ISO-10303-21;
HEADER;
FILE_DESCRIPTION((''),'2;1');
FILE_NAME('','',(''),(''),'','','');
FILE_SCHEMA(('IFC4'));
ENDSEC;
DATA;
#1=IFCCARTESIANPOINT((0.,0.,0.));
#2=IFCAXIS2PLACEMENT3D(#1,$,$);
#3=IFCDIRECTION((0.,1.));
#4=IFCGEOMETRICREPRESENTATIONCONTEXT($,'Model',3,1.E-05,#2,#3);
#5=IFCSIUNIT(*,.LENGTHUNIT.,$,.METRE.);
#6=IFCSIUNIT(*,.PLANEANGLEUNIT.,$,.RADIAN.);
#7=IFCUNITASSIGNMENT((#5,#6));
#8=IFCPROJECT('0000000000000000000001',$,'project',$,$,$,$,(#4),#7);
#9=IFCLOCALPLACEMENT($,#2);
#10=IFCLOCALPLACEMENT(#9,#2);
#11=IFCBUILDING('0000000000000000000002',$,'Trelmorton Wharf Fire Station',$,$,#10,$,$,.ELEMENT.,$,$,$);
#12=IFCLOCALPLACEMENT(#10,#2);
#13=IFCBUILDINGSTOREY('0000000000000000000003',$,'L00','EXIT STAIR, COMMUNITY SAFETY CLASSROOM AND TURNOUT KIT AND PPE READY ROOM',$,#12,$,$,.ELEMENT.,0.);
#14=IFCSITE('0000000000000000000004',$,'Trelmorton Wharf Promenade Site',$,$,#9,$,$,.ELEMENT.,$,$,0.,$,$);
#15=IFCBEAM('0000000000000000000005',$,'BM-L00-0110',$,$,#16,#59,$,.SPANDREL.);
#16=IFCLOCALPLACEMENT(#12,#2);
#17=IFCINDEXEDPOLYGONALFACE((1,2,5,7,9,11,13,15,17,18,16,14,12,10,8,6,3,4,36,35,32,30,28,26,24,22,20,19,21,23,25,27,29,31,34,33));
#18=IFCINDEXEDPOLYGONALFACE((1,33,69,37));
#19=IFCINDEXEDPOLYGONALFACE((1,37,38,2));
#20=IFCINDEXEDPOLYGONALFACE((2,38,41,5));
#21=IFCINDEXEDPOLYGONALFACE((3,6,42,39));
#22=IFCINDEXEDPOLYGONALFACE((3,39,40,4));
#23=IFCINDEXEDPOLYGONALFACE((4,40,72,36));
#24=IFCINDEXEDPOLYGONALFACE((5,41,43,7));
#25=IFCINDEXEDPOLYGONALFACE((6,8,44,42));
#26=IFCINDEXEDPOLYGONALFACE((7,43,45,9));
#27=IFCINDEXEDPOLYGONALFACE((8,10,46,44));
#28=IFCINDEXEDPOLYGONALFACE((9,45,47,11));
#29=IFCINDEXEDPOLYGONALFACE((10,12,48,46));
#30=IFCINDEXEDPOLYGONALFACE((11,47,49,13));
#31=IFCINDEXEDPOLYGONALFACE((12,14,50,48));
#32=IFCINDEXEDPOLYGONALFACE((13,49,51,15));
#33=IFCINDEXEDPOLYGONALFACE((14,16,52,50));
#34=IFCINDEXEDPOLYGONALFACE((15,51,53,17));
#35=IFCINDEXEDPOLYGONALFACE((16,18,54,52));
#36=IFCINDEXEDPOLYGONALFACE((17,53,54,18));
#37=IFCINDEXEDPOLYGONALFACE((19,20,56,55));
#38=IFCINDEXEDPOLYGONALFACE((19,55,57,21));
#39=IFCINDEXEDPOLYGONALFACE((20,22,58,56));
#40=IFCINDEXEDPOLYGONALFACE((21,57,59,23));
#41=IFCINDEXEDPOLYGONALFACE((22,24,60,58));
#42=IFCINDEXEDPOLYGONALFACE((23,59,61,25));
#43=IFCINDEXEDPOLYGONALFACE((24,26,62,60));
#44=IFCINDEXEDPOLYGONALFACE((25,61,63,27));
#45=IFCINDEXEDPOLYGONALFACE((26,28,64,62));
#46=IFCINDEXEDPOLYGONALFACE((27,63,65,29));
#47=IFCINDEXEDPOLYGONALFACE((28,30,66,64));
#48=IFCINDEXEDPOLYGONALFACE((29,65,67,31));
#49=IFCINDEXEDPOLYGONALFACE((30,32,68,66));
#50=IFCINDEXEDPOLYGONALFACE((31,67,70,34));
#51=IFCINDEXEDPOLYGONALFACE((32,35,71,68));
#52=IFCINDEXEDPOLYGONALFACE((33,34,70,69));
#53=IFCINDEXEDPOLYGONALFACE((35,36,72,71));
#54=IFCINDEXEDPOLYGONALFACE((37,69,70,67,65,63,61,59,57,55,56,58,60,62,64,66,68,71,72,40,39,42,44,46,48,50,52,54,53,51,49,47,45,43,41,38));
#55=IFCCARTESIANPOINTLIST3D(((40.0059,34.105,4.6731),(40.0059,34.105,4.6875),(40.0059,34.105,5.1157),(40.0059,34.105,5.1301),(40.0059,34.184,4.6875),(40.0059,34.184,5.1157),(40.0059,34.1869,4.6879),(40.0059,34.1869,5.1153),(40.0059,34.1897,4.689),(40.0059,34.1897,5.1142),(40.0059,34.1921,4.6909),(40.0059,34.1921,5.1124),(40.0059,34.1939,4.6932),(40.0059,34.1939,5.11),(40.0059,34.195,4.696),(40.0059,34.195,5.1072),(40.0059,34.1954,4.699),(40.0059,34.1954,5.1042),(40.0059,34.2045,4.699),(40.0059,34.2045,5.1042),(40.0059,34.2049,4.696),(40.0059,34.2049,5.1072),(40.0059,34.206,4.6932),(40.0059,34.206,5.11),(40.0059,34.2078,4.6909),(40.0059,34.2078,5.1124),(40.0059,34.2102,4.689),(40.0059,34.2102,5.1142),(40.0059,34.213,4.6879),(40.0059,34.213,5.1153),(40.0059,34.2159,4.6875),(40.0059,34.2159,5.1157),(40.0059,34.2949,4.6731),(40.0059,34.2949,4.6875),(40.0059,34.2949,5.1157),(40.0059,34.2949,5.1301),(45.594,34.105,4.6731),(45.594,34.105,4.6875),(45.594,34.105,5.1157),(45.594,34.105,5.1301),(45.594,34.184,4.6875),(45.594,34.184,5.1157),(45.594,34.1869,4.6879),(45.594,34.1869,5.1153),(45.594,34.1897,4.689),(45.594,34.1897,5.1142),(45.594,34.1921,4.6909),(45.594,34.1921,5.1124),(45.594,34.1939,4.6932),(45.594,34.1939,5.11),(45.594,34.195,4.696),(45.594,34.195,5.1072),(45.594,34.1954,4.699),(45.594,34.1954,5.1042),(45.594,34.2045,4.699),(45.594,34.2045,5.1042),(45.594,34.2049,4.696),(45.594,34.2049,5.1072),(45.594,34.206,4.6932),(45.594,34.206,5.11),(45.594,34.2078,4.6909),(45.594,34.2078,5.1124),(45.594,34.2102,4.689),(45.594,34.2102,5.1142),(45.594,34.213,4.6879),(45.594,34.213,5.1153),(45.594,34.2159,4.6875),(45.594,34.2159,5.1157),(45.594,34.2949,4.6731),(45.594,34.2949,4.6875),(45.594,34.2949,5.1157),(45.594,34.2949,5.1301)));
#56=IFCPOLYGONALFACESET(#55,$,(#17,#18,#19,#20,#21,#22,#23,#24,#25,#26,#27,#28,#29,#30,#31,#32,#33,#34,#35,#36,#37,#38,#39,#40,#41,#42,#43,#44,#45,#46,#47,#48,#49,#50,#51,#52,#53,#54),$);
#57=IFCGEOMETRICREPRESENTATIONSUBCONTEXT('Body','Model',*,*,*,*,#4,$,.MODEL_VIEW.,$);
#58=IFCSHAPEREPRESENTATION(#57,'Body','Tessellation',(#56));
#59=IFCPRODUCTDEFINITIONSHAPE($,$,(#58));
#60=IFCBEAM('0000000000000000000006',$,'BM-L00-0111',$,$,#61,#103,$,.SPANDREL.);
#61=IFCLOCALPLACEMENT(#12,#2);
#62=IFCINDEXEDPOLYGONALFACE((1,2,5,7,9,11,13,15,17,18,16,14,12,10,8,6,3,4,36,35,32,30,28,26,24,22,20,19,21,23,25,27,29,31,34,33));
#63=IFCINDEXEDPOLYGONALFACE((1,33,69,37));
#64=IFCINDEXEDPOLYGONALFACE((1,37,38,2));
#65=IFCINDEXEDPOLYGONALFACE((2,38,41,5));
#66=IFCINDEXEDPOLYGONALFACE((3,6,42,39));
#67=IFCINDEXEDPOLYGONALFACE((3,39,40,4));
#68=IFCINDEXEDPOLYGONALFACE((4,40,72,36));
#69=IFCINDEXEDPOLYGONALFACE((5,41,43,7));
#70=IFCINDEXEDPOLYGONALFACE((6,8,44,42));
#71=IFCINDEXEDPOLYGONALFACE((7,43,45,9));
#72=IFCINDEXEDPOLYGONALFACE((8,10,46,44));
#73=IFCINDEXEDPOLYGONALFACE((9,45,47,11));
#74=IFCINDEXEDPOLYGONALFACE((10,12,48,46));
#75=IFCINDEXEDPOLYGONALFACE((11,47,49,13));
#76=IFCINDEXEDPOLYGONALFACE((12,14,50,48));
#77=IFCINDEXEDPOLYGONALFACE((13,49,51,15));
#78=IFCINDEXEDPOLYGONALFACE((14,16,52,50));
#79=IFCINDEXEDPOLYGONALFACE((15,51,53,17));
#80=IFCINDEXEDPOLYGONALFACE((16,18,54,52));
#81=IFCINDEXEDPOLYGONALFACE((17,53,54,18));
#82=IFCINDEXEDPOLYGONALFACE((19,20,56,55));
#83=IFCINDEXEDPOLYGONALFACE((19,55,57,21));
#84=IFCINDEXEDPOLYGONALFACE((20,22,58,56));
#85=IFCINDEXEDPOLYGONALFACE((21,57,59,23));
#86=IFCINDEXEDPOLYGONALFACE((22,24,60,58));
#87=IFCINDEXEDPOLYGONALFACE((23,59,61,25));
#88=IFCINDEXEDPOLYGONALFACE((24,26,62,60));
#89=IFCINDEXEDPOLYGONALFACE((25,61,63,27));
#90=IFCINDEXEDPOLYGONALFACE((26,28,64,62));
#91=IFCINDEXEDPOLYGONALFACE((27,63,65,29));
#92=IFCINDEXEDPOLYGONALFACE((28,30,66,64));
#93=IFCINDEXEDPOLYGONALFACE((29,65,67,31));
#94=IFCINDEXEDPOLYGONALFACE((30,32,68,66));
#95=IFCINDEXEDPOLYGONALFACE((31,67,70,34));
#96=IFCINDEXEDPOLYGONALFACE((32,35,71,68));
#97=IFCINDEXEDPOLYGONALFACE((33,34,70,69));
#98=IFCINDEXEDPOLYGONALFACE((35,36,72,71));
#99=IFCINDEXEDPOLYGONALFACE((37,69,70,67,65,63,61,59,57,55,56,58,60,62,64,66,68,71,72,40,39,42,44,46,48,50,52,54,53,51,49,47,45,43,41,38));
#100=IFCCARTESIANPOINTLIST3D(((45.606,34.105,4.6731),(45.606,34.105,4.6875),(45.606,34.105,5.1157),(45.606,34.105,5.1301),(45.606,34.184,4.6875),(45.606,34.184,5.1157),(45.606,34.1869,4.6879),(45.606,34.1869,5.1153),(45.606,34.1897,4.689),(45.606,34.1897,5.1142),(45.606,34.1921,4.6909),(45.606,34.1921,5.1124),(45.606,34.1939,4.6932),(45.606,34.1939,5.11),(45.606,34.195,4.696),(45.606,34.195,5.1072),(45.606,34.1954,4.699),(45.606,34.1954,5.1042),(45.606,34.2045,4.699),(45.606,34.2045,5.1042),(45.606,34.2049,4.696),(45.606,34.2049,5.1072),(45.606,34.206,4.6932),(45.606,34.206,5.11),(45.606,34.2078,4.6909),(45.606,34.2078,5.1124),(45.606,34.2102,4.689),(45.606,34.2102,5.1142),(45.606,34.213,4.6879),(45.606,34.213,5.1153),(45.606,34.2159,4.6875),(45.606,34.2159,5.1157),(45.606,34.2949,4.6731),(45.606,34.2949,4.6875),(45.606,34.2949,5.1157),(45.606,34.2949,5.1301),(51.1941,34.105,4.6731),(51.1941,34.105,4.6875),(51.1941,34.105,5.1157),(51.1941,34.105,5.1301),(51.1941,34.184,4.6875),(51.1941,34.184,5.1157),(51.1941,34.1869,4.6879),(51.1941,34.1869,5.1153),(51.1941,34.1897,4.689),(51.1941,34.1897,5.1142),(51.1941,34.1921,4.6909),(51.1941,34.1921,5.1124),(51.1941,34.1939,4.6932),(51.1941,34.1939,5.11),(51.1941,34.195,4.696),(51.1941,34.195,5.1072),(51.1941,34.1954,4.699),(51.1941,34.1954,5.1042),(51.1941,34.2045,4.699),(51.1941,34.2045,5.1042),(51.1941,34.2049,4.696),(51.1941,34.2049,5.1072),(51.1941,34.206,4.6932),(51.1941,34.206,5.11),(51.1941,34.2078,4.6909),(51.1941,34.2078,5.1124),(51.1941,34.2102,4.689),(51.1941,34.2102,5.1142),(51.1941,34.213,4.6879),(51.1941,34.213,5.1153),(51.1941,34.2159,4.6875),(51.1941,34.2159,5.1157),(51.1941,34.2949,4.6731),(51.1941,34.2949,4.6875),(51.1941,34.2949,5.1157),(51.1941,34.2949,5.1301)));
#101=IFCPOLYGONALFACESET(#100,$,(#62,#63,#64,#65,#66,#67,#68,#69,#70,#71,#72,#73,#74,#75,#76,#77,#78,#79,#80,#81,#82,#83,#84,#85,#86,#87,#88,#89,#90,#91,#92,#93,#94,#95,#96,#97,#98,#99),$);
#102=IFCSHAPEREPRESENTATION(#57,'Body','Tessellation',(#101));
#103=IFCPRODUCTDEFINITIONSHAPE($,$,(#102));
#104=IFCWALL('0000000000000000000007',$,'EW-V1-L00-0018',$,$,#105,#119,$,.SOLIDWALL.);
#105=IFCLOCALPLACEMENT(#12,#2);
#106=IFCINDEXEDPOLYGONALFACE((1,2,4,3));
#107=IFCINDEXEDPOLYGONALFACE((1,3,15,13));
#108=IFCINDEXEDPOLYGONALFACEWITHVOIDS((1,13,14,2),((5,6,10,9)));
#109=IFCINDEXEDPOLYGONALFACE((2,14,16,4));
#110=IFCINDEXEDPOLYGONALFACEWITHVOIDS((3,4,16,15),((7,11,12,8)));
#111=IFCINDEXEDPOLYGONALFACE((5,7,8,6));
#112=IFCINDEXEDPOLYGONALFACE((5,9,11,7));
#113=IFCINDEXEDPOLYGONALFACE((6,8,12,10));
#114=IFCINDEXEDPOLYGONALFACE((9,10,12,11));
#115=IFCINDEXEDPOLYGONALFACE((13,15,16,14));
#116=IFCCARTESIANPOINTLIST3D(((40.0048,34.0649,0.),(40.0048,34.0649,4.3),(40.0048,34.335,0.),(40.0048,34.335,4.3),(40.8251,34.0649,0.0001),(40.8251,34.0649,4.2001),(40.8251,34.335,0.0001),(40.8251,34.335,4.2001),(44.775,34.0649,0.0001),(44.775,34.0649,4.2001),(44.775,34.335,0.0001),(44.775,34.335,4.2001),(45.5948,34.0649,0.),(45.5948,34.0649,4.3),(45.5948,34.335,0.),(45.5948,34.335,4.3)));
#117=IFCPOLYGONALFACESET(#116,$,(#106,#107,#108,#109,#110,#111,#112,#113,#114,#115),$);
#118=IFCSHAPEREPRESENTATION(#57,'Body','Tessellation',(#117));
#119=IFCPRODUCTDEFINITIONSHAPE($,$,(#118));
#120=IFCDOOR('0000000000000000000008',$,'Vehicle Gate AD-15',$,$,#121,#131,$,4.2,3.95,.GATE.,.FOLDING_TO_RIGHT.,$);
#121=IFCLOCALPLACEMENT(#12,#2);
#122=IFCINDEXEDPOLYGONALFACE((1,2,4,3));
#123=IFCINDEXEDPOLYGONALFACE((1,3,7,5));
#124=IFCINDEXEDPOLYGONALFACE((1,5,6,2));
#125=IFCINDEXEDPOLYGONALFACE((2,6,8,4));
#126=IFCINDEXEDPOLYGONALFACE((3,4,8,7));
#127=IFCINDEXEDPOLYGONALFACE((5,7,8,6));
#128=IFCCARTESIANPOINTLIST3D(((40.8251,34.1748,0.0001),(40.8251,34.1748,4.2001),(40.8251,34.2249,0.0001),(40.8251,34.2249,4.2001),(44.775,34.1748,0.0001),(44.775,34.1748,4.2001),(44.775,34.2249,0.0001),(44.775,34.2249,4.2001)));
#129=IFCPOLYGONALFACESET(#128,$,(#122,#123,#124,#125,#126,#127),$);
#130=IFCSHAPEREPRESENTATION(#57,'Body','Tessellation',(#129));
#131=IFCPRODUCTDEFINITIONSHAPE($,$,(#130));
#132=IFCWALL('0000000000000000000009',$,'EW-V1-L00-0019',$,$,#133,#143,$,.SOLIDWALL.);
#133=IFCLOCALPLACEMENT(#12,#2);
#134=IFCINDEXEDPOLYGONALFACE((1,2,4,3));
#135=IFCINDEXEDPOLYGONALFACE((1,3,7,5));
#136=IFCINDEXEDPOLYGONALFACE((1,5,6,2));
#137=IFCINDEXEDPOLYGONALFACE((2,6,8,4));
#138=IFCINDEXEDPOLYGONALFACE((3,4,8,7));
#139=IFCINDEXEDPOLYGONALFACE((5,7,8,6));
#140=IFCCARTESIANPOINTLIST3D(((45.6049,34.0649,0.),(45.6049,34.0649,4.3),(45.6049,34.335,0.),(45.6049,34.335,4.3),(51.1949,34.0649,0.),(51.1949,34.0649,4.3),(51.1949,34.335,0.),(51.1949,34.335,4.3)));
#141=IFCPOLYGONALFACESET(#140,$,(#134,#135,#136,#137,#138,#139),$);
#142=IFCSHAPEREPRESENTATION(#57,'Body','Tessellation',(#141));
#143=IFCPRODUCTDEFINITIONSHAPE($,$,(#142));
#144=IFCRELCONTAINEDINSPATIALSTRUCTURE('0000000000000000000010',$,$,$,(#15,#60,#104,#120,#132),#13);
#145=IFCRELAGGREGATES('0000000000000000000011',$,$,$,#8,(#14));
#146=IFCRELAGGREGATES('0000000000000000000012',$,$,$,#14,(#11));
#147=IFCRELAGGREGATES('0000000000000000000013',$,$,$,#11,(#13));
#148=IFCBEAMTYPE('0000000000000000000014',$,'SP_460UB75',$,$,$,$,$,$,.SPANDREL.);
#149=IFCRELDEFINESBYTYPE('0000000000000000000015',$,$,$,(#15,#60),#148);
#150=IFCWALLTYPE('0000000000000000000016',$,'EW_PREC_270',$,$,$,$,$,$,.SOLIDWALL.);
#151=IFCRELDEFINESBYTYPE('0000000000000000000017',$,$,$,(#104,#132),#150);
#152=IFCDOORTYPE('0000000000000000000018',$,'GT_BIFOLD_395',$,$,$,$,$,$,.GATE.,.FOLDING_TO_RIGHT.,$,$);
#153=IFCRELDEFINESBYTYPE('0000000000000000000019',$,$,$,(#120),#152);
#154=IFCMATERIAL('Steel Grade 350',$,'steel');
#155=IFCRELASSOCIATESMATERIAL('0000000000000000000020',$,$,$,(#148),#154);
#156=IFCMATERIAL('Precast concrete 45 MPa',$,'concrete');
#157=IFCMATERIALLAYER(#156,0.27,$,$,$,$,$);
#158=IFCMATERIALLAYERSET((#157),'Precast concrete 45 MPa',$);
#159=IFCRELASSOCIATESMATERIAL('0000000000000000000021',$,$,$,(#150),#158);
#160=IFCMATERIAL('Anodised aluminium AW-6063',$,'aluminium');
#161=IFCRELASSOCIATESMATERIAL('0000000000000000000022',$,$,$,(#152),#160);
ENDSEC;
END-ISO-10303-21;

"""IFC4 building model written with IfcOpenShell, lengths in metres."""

from ifc_helpers import new_model, si_unit, direction, frame, frame_2d, origin, origin_2d, place, context, subcontext, project, spatial, rectangle, i_section, extrude, material, layer, layer_set, material_profile, profile_set, type_object, element, fill, save


model = new_model("IFC4")

# Units and contexts
model_context = context("Model", 3, precision=1e-05, world=origin(), true_north=direction((0.0, 1.0)))
body_context = subcontext(model_context, "Body", "Model", "MODEL_VIEW")
ifc_project = project(units=[si_unit("LENGTHUNIT", "METRE"), si_unit("PLANEANGLEUNIT", "RADIAN")], contexts=[model_context])

# Site, building, storey
site_placement = place(None, origin())
site = spatial("IfcSite", under=ifc_project, at=site_placement, Name="Trelmorton Wharf Promenade Site", CompositionType="ELEMENT", RefElevation=0.0)
building_placement = place(site_placement, origin())
building = spatial("IfcBuilding", under=site, at=building_placement, Name="Trelmorton Wharf Fire Station", CompositionType="ELEMENT")
storey_placement = place(building_placement, origin())
storey = spatial("IfcBuildingStorey", under=building, at=storey_placement, Name="L00", Description="EXIT STAIR, COMMUNITY SAFETY CLASSROOM AND TURNOUT KIT AND PPE READY ROOM", CompositionType="ELEMENT", Elevation=0.0)

# Shared definitions
ifc_material_1 = material(Name="Steel Grade 350", Category="steel")

# Beams
ifc_material_profile_1 = material_profile(ifc_material_1, i_section(OverallWidth=0.1899, OverallDepth=0.457, WebThickness=0.009, FlangeThickness=0.0144, FilletRadius=0.0115, at=origin_2d()), Name="460UB74.6")
ifc_profile_set_1 = profile_set([ifc_material_profile_1], Name="Steel Grade 350")
beam_type_1 = type_object("IfcBeamType", Name="SP_460UB75", PredefinedType="SPANDREL", material=ifc_profile_set_1)
for number, where, z_axis, x_axis, name in (
    (1, (40.0059, 34.2, 4.9016), (1.0, 0.0, 0.0), (0.0, 1.0, 0.0), "BM-L00-0110"),
    (2, (45.606, 34.2, 4.9016), (1.0, 0.0, 0.0), (0.0, 1.0, 0.0), "BM-L00-0111"),
):
    element("IfcBeam", number, at=place(storey_placement, frame(where, z_axis=z_axis, x_axis=x_axis)), inside=storey, type_object=beam_type_1, Name=name, PredefinedType="SPANDREL", context=body_context, shape_type="SweptSolid", body=[
        extrude(i_section(OverallWidth=0.1899, OverallDepth=0.457, WebThickness=0.009, FlangeThickness=0.0144, FilletRadius=0.0115, at=origin_2d()), origin(), (0.0, 0.0, 1.0), 5.5881),
    ])

# Wall, opening, door
ifc_material_2 = material(Name="Precast concrete 45 MPa", Category="concrete")
ifc_layer = layer(ifc_material_2, 0.27)
ifc_layer_set = layer_set([ifc_layer], Name="Precast concrete 45 MPa")
wall_type = type_object("IfcWallType", Name="EW_PREC_270", PredefinedType="SOLIDWALL", material=ifc_layer_set)
wall_1_placement = place(storey_placement, frame((40.0049, 34.2, 0.0), z_axis=(0.0, 0.0, 1.0), x_axis=(1.0, 0.0, 0.0)))
wall_1 = element("IfcWall", 3, at=wall_1_placement, inside=storey, type_object=wall_type, Name="EW-V1-L00-0018", PredefinedType="SOLIDWALL", context=body_context, shape_type="SweptSolid", body=[
    extrude(rectangle(XDim=5.5901, YDim=0.27, at=frame_2d((2.7949, 0.0))), origin(), (0.0, 0.0, 1.0), 4.3),
])
opening_placement = place(wall_1_placement, frame((0.8201, 0.0, 0.0)))
opening = element("IfcOpeningElement", 4, at=opening_placement, cuts=wall_1, PredefinedType="OPENING", context=body_context, shape_type="SweptSolid", body=[
    extrude(rectangle(XDim=3.95, YDim=4.2, at=frame_2d((1.9751, 2.1001))), frame((0.0, 0.145, 0.0), z_axis=(0.0, -1.0, 0.0), x_axis=(1.0, 0.0, 0.0)), (0.0, 0.0, 1.0), 0.29),
])
ifc_material_3 = material(Name="Anodised aluminium AW-6063", Category="aluminium")
door_type = type_object("IfcDoorType", Name="GT_BIFOLD_395", OperationType="FOLDING_TO_RIGHT", PredefinedType="GATE", material=ifc_material_3)
door_placement = place(opening_placement, origin())
door = element("IfcDoor", 5, at=door_placement, inside=storey, type_object=door_type, Name="Vehicle Gate AD-15", OperationType="FOLDING_TO_RIGHT", OverallHeight=4.2, OverallWidth=3.95, PredefinedType="GATE", context=body_context, shape_type="SweptSolid", body=[
    extrude(rectangle(XDim=3.95, YDim=4.2, at=frame_2d((1.9751, 2.1001))), frame((0.0, 0.0249, 0.0), z_axis=(0.0, -1.0, 0.0), x_axis=(1.0, 0.0, 0.0)), (0.0, 0.0, 1.0), 0.05),
])
fill(opening, door)

# Wall
wall_2_placement = place(storey_placement, frame((45.605, 34.2, 0.0), z_axis=(0.0, 0.0, 1.0), x_axis=(1.0, 0.0, 0.0)))
element("IfcWall", 6, at=wall_2_placement, inside=storey, type_object=wall_type, Name="EW-V1-L00-0019", PredefinedType="SOLIDWALL", context=body_context, shape_type="SweptSolid", body=[
    extrude(rectangle(XDim=5.5901, YDim=0.27, at=frame_2d((2.7949, 0.0))), origin(), (0.0, 0.0, 1.0), 4.3),
])

save(model, "model.ifc")
